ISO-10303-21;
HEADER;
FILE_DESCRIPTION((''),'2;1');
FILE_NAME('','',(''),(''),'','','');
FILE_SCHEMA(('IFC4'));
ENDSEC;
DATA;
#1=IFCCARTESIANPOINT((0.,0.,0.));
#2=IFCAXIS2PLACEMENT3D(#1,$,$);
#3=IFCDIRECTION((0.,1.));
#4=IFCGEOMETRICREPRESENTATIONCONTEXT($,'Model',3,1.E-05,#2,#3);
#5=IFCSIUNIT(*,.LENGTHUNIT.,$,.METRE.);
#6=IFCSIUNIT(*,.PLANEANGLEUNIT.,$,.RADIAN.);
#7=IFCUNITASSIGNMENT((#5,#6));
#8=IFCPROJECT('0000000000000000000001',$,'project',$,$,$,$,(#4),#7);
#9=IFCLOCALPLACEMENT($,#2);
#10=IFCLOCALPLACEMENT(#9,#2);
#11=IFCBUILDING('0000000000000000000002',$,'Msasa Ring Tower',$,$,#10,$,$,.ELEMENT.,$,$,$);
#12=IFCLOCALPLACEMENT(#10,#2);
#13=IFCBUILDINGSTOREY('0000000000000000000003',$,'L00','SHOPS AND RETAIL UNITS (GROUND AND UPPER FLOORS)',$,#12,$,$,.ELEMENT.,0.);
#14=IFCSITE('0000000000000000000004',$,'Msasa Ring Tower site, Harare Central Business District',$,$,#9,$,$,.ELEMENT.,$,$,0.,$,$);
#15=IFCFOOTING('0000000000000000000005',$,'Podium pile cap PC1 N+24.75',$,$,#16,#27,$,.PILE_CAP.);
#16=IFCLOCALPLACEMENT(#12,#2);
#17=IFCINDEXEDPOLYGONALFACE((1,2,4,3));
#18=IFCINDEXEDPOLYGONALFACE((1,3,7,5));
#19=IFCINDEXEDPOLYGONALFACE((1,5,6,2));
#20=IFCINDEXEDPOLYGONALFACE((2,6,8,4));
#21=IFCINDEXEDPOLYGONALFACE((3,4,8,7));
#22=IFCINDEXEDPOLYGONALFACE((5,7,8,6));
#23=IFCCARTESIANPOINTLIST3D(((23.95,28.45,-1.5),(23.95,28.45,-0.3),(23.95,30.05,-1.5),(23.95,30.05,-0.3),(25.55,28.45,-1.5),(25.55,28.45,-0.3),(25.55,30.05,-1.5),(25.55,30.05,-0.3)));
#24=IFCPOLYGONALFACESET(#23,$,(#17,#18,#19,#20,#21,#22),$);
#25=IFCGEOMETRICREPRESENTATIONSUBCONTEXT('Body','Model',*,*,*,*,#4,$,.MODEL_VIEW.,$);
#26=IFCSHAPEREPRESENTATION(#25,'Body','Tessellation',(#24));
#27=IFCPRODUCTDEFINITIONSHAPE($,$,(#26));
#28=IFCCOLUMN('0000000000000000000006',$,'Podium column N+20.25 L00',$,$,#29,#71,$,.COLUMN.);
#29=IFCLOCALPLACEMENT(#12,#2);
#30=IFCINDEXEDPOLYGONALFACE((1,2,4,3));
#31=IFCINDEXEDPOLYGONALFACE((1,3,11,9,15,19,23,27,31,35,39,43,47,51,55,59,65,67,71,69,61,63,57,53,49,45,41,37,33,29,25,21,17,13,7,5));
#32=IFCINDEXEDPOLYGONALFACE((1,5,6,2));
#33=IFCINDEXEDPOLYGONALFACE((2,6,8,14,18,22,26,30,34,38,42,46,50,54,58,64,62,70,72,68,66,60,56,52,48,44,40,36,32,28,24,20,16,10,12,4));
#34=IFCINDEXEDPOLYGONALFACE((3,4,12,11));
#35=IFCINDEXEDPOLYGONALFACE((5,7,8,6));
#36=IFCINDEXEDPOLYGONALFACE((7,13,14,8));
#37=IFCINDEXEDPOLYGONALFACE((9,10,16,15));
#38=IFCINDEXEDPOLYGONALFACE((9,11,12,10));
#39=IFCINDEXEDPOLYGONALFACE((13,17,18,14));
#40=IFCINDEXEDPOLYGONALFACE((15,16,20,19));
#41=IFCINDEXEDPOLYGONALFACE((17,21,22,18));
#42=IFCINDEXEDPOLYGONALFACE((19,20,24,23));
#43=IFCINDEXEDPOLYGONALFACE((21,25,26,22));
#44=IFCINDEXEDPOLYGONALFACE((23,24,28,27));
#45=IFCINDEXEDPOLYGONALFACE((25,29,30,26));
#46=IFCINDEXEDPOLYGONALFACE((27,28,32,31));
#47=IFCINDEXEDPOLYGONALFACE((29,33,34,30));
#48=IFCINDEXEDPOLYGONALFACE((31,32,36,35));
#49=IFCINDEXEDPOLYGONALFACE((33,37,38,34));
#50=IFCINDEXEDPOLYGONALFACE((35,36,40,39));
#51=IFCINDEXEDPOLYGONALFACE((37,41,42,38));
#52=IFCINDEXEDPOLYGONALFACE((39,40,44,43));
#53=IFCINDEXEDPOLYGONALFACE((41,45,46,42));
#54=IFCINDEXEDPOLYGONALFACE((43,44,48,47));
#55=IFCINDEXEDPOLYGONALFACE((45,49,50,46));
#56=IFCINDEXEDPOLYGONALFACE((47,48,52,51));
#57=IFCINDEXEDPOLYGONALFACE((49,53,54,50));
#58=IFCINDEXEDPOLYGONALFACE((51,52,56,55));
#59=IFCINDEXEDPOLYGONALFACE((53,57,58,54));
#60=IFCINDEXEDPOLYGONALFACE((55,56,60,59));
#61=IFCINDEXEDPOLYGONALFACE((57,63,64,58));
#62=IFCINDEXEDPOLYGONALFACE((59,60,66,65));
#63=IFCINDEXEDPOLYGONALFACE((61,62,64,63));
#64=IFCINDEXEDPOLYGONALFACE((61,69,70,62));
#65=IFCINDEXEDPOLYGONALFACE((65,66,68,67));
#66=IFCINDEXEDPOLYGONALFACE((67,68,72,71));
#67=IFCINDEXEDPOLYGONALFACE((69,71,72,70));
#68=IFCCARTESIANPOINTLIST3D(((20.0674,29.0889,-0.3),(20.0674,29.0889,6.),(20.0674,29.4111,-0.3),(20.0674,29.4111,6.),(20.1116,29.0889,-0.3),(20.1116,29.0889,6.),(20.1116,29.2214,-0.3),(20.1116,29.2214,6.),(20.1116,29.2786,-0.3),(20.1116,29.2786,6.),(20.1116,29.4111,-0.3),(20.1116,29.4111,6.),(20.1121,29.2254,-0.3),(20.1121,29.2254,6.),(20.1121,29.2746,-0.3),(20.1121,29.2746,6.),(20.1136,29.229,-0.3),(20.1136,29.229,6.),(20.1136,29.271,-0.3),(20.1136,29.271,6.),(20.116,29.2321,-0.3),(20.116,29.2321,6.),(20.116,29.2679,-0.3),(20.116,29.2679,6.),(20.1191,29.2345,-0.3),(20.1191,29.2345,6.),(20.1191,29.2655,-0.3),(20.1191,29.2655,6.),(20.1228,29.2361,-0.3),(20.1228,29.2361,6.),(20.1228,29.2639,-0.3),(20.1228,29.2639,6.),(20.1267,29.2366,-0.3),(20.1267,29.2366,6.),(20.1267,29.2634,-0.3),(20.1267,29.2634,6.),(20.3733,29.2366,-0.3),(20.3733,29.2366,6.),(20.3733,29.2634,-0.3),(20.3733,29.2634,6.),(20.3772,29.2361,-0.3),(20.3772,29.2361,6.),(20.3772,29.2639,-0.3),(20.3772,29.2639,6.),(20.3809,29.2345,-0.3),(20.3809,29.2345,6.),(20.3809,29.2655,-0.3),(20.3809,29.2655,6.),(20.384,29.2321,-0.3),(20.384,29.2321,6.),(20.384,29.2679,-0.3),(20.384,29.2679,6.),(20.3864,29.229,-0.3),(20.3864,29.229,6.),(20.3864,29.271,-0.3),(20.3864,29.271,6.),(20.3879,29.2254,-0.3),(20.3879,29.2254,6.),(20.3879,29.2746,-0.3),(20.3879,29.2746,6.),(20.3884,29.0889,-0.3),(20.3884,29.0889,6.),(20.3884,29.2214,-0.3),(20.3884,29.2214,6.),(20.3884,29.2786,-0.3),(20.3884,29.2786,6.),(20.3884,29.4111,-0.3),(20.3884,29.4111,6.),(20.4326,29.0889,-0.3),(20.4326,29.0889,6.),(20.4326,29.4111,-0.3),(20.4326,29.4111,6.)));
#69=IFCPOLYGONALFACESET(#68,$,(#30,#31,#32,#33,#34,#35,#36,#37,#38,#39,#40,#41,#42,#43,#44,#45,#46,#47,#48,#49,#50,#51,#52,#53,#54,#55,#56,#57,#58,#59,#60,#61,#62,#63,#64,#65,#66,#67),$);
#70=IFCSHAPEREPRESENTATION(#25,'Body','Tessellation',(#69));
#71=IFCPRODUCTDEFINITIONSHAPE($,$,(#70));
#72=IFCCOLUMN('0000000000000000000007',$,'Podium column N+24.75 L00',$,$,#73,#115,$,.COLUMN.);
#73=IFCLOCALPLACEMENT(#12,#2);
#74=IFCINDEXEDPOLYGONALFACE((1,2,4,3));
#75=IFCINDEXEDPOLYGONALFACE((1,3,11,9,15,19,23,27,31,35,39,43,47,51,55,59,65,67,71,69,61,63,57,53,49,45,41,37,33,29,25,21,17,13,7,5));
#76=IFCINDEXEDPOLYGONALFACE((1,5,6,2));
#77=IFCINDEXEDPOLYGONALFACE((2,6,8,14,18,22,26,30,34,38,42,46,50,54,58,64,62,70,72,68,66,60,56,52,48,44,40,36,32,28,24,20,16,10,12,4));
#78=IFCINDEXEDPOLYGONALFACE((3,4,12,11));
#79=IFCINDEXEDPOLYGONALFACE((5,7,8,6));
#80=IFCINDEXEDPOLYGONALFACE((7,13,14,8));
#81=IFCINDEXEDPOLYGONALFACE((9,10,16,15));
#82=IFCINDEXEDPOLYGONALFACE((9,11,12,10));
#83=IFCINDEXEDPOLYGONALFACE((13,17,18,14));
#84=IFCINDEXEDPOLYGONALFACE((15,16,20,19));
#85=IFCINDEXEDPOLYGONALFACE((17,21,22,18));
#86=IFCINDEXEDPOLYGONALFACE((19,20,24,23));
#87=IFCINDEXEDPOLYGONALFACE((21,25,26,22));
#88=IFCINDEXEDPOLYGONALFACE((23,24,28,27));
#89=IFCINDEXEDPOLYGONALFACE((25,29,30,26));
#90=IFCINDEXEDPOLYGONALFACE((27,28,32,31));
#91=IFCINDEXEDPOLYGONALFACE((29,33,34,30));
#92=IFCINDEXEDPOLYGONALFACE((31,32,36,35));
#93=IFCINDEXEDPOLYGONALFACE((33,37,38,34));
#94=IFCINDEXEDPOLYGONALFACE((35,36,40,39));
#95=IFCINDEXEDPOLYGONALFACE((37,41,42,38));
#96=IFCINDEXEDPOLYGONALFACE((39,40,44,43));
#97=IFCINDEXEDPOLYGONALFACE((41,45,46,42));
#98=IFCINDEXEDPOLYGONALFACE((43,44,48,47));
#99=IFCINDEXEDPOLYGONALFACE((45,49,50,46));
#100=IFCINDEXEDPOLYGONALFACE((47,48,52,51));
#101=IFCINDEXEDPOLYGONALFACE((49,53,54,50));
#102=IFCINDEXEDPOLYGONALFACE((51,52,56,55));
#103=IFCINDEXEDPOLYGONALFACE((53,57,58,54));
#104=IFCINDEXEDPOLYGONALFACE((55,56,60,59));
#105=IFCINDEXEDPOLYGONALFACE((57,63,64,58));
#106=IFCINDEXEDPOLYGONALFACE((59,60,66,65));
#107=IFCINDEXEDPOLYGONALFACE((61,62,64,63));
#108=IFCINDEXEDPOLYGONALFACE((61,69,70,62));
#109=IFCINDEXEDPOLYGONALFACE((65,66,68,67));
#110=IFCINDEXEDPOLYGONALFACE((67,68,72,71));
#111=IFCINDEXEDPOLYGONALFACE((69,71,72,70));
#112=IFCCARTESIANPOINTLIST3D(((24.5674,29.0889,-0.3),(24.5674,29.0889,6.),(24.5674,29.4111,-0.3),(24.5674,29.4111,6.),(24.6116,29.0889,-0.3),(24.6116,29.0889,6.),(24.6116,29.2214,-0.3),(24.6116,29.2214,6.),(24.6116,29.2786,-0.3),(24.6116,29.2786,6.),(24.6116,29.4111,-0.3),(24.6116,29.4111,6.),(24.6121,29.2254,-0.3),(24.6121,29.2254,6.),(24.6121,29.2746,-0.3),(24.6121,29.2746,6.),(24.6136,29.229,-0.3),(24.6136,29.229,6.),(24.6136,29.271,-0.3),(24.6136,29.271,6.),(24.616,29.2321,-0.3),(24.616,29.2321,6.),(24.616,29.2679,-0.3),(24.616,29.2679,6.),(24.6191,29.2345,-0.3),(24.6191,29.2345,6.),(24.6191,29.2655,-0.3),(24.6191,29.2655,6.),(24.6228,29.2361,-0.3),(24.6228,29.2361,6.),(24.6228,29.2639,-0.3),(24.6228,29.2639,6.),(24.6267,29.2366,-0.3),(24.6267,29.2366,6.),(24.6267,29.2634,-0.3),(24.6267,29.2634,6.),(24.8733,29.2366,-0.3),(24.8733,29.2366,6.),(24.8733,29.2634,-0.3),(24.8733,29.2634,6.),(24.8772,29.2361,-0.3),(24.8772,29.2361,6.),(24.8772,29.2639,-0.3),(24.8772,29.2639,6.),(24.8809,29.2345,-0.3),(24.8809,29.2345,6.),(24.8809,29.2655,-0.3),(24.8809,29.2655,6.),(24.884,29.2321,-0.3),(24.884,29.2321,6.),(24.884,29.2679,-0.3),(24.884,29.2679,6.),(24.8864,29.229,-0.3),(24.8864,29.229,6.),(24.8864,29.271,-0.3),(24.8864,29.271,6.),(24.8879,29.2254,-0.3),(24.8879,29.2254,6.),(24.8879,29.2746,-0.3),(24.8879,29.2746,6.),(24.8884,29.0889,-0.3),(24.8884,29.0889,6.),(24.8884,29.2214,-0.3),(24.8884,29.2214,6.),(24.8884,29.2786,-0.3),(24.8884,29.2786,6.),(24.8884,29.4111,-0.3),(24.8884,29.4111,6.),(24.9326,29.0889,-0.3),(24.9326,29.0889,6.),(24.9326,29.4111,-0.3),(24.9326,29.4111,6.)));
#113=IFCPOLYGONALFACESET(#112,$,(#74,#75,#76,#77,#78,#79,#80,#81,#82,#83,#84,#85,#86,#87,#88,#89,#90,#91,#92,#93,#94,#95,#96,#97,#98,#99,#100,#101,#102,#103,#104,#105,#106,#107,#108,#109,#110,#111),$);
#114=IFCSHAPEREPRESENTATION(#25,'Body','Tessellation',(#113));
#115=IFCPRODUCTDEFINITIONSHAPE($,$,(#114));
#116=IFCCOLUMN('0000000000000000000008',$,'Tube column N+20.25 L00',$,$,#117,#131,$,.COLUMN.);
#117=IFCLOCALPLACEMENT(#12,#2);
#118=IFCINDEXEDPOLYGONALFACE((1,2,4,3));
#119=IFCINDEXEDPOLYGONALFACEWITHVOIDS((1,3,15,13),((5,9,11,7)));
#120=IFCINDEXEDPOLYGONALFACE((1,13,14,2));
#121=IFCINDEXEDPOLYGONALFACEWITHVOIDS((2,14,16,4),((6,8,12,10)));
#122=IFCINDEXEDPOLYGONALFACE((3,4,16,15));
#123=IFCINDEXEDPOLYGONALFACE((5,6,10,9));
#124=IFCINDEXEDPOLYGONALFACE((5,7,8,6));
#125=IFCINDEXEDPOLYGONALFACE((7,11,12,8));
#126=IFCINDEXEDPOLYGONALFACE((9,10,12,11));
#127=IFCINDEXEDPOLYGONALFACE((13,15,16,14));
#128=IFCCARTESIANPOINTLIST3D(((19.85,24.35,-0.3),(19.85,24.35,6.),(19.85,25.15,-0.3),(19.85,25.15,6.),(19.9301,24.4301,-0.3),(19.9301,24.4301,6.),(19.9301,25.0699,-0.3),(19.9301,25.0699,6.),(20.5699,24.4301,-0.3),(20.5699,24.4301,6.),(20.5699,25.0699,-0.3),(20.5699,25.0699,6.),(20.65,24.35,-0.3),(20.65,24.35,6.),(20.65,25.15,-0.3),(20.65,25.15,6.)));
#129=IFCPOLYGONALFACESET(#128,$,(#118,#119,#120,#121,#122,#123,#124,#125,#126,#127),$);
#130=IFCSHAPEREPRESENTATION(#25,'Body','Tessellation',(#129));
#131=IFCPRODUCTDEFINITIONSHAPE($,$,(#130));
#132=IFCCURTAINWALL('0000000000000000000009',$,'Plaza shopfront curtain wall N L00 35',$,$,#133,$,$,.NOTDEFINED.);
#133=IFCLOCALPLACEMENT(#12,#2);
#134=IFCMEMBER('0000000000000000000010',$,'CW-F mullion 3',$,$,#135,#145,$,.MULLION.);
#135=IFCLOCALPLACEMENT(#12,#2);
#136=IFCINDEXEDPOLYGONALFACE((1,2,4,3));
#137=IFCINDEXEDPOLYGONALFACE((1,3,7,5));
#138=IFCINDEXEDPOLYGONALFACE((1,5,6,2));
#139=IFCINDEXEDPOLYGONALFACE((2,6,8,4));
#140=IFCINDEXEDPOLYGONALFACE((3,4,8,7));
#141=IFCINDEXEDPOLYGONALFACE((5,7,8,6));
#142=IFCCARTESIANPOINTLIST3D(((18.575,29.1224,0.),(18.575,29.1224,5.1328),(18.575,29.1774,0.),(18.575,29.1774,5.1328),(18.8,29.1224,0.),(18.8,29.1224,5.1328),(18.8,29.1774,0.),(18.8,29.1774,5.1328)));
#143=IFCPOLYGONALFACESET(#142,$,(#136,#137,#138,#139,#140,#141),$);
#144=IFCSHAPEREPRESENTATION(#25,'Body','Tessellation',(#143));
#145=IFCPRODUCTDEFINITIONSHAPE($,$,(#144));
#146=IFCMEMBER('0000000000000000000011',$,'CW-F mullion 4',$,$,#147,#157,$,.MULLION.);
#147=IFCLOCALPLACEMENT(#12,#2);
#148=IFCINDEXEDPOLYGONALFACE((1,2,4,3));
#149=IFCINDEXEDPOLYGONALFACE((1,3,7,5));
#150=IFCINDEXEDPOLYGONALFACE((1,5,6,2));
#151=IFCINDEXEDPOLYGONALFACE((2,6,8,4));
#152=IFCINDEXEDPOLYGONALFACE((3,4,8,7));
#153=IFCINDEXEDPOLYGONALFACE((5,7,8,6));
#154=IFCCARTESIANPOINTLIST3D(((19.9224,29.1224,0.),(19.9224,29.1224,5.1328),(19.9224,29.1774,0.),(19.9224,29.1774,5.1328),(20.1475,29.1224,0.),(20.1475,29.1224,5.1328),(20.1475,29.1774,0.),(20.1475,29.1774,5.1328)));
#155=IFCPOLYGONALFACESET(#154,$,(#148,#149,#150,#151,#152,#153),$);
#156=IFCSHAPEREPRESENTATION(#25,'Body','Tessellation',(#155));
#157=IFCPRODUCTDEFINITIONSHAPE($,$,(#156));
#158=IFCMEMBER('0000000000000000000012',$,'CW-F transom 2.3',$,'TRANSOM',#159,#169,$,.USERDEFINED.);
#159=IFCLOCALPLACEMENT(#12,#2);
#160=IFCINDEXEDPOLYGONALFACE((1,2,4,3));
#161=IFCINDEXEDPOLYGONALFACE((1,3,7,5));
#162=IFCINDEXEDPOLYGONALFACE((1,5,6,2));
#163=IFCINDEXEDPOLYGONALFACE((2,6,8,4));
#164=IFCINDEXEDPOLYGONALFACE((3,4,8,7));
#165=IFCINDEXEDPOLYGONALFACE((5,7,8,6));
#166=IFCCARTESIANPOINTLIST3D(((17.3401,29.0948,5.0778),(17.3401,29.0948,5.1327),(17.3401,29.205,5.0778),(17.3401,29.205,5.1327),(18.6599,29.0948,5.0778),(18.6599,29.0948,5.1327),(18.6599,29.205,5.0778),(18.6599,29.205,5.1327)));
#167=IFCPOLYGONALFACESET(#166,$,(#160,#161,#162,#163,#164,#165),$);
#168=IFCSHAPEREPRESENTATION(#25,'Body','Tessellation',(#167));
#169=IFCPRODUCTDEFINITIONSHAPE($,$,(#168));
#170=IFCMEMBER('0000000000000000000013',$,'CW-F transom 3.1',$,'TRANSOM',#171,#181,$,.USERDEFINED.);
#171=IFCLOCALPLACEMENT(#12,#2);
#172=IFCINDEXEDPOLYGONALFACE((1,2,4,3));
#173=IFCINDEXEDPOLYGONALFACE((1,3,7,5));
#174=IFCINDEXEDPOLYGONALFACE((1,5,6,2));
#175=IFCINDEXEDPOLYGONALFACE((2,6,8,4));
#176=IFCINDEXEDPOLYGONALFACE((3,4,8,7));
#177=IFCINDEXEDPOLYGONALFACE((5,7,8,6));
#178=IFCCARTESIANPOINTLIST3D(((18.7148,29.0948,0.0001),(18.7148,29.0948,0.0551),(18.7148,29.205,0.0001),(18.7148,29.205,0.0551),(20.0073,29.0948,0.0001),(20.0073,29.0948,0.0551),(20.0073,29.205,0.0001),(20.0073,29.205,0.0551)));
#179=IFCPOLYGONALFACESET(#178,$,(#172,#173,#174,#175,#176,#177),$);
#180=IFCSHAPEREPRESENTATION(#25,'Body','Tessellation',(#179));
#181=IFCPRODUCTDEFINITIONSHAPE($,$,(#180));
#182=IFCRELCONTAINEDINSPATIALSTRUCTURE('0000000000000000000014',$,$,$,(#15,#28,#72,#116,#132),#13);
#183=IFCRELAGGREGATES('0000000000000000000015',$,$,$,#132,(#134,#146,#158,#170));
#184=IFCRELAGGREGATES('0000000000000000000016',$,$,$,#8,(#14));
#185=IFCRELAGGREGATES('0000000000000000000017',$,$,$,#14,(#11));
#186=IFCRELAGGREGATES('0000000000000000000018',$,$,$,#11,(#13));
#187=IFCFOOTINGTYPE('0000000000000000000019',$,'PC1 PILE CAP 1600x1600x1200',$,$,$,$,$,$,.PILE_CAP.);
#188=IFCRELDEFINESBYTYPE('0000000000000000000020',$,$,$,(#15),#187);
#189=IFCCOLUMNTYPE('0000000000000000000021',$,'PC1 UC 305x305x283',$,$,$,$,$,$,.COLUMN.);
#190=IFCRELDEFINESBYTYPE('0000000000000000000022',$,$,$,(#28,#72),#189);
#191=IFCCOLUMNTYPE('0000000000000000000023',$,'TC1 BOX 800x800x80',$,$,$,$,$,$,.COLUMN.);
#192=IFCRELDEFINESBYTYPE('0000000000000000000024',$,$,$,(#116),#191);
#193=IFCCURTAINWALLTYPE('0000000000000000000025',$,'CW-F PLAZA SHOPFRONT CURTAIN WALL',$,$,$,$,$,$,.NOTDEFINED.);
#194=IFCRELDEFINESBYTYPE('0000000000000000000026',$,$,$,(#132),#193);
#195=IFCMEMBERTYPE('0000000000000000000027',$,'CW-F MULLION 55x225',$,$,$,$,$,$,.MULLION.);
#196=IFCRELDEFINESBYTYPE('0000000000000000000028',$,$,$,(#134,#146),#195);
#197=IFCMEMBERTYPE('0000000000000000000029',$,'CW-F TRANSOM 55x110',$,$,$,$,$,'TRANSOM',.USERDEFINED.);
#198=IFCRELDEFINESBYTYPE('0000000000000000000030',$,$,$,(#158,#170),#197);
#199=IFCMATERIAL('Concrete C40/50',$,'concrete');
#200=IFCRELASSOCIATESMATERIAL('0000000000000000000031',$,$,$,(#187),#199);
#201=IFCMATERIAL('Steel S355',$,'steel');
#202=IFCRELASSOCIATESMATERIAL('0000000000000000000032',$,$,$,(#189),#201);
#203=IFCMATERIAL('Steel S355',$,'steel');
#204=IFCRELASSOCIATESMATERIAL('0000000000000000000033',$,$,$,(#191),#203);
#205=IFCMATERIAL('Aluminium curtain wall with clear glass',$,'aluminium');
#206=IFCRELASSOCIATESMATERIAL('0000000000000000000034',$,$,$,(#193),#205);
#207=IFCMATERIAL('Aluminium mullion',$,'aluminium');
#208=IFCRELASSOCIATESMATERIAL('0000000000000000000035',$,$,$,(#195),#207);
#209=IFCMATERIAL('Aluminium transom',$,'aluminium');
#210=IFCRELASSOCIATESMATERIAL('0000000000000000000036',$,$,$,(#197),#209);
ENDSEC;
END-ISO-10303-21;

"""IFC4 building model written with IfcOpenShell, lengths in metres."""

from ifc_helpers import new_model, si_unit, direction, frame, origin, origin_2d, place, context, subcontext, project, spatial, rectangle, hollow_rectangle, i_section, extrude, material, material_profile, profile_set, type_object, element, aggregate, save


model = new_model("IFC4")

# Units and contexts
model_context = context("Model", 3, precision=1e-05, world=origin(), true_north=direction((0.0, 1.0)))
body_context = subcontext(model_context, "Body", "Model", "MODEL_VIEW")
ifc_project = project(units=[si_unit("LENGTHUNIT", "METRE"), si_unit("PLANEANGLEUNIT", "RADIAN")], contexts=[model_context])

# Site, building, storey
site_placement = place(None, origin())
site = spatial("IfcSite", under=ifc_project, at=site_placement, Name="Msasa Ring Tower site, Harare Central Business District", CompositionType="ELEMENT", RefElevation=0.0)
building_placement = place(site_placement, origin())
building = spatial("IfcBuilding", under=site, at=building_placement, Name="Msasa Ring Tower", CompositionType="ELEMENT")
storey_placement = place(building_placement, origin())
storey = spatial("IfcBuildingStorey", under=building, at=storey_placement, Name="L00", Description="SHOPS AND RETAIL UNITS (GROUND AND UPPER FLOORS)", CompositionType="ELEMENT", Elevation=0.0)

# Footing
ifc_material_1 = material(Name="Concrete C40/50", Category="concrete")
footing_type = type_object("IfcFootingType", Name="PC1 PILE CAP 1600x1600x1200", PredefinedType="PILE_CAP", material=ifc_material_1)
for number, where, z_axis, x_axis, name in (
    (1, (24.75, 29.25, -1.5), (0.0, 0.0, 1.0), (1.0, 0.0, 0.0), "Podium pile cap PC1 N+24.75"),
):
    element("IfcFooting", number, at=place(storey_placement, frame(where, z_axis=z_axis, x_axis=x_axis)), inside=storey, type_object=footing_type, Name=name, PredefinedType="PILE_CAP", context=body_context, shape_type="SweptSolid", body=[
        extrude(rectangle(XDim=1.6001, YDim=1.6001, at=origin_2d()), origin(), (0.0, 0.0, 1.0), 1.2),
    ])

# Columns
ifc_material_2 = material(Name="Steel S355", Category="steel")
ifc_material_profile_1 = material_profile(ifc_material_2, i_section(OverallWidth=0.3223, OverallDepth=0.3652, WebThickness=0.0269, FlangeThickness=0.0442, FilletRadius=0.0151, at=origin_2d()), Name="UC 305x305x283")
ifc_profile_set_1 = profile_set([ifc_material_profile_1], Name="Steel S355")
column_type_1 = type_object("IfcColumnType", Name="PC1 UC 305x305x283", PredefinedType="COLUMN", material=ifc_profile_set_1)
for number, where, z_axis, x_axis, name in (
    (2, (20.25, 29.25, -0.3), (0.0, 0.0, 1.0), (0.0, 1.0, 0.0), "Podium column N+20.25 L00"),
    (3, (24.75, 29.25, -0.3), (0.0, 0.0, 1.0), (0.0, 1.0, 0.0), "Podium column N+24.75 L00"),
):
    element("IfcColumn", number, at=place(storey_placement, frame(where, z_axis=z_axis, x_axis=x_axis)), inside=storey, type_object=column_type_1, Name=name, PredefinedType="COLUMN", context=body_context, shape_type="SweptSolid", body=[
        extrude(i_section(OverallWidth=0.3223, OverallDepth=0.3652, WebThickness=0.0269, FlangeThickness=0.0442, FilletRadius=0.0151, at=origin_2d()), origin(), (0.0, 0.0, 1.0), 6.3),
    ])
ifc_material_3 = material(Name="Steel S355", Category="steel")
ifc_material_profile_2 = material_profile(ifc_material_3, hollow_rectangle(XDim=0.8, YDim=0.8, WallThickness=0.0801, at=origin_2d()), Name="BOX 800x800x80")
ifc_profile_set_2 = profile_set([ifc_material_profile_2], Name="Steel S355")
column_type_2 = type_object("IfcColumnType", Name="TC1 BOX 800x800x80", PredefinedType="COLUMN", material=ifc_profile_set_2)
column_placement = place(storey_placement, frame((20.25, 24.75, -0.3), z_axis=(0.0, 0.0, 1.0), x_axis=(0.0, 1.0, 0.0)))
element("IfcColumn", 4, at=column_placement, inside=storey, type_object=column_type_2, Name="Tube column N+20.25 L00", PredefinedType="COLUMN", context=body_context, shape_type="SweptSolid", body=[
    extrude(hollow_rectangle(XDim=0.8, YDim=0.8, WallThickness=0.0801, at=origin_2d()), origin(), (0.0, 0.0, 1.0), 6.3),
])

# Curtain wall, members
ifc_material_4 = material(Name="Aluminium curtain wall with clear glass", Category="aluminium")
curtain_wall_type_1 = type_object("IfcCurtainWallType", Name="CW-F PLAZA SHOPFRONT CURTAIN WALL", PredefinedType="NOTDEFINED", material=ifc_material_4)
curtain_wall_1_placement = place(storey_placement, origin())
curtain_wall_1 = element("IfcCurtainWall", 5, at=curtain_wall_1_placement, inside=storey, type_object=curtain_wall_type_1, Name="Plaza shopfront curtain wall N L00 35", PredefinedType="NOTDEFINED")
ifc_material_5 = material(Name="Aluminium mullion", Category="aluminium")
ifc_material_profile_3 = material_profile(ifc_material_5, rectangle(XDim=0.0549, YDim=0.2251, at=origin_2d()), Name="AL 55x225")
ifc_profile_set_3 = profile_set([ifc_material_profile_3], Name="Aluminium mullion")
member_type_1 = type_object("IfcMemberType", Name="CW-F MULLION 55x225", PredefinedType="MULLION", material=ifc_profile_set_3)
member_1_placement = place(storey_placement, frame((18.6875, 29.1499, 0.0), z_axis=(0.0, 0.0, 1.0), x_axis=(0.0, 1.0, 0.0)))
member_1 = element("IfcMember", 6, at=member_1_placement, type_object=member_type_1, Name="CW-F mullion 3", PredefinedType="MULLION", context=body_context, shape_type="SweptSolid", body=[
    extrude(rectangle(XDim=0.0549, YDim=0.2251, at=origin_2d()), origin(), (0.0, 0.0, 1.0), 5.1328),
])
member_2_placement = place(storey_placement, frame((20.0349, 29.1499, 0.0), z_axis=(0.0, 0.0, 1.0), x_axis=(0.0, 1.0, 0.0)))
member_2 = element("IfcMember", 7, at=member_2_placement, type_object=member_type_1, Name="CW-F mullion 4", PredefinedType="MULLION", context=body_context, shape_type="SweptSolid", body=[
    extrude(rectangle(XDim=0.0549, YDim=0.2251, at=origin_2d()), origin(), (0.0, 0.0, 1.0), 5.1328),
])
ifc_material_6 = material(Name="Aluminium transom", Category="aluminium")
ifc_material_profile_4 = material_profile(ifc_material_6, rectangle(XDim=0.1101, YDim=0.0549, at=origin_2d()), Name="AL 55x110")
ifc_profile_set_4 = profile_set([ifc_material_profile_4], Name="Aluminium transom")
member_type_2 = type_object("IfcMemberType", Name="CW-F TRANSOM 55x110", ElementType="TRANSOM", PredefinedType="USERDEFINED", material=ifc_profile_set_4)
member_3_placement = place(storey_placement, frame((17.3401, 29.1499, 5.1052), z_axis=(1.0, 0.0, 0.0), x_axis=(0.0, 1.0, 0.0)))
member_3 = element("IfcMember", 8, at=member_3_placement, type_object=member_type_2, Name="CW-F transom 2.3", ObjectType="TRANSOM", PredefinedType="USERDEFINED", context=body_context, shape_type="SweptSolid", body=[
    extrude(rectangle(XDim=0.1101, YDim=0.0549, at=origin_2d()), origin(), (0.0, 0.0, 1.0), 1.3198),
])
member_4_placement = place(storey_placement, frame((18.7148, 29.1499, 0.0276), z_axis=(1.0, 0.0, 0.0), x_axis=(0.0, 1.0, 0.0)))
member_4 = element("IfcMember", 9, at=member_4_placement, type_object=member_type_2, Name="CW-F transom 3.1", ObjectType="TRANSOM", PredefinedType="USERDEFINED", context=body_context, shape_type="SweptSolid", body=[
    extrude(rectangle(XDim=0.1101, YDim=0.0549, at=origin_2d()), origin(), (0.0, 0.0, 1.0), 1.2925),
])

aggregate(curtain_wall_1, [member_1, member_2, member_3, member_4])

save(model, "model.ifc")
